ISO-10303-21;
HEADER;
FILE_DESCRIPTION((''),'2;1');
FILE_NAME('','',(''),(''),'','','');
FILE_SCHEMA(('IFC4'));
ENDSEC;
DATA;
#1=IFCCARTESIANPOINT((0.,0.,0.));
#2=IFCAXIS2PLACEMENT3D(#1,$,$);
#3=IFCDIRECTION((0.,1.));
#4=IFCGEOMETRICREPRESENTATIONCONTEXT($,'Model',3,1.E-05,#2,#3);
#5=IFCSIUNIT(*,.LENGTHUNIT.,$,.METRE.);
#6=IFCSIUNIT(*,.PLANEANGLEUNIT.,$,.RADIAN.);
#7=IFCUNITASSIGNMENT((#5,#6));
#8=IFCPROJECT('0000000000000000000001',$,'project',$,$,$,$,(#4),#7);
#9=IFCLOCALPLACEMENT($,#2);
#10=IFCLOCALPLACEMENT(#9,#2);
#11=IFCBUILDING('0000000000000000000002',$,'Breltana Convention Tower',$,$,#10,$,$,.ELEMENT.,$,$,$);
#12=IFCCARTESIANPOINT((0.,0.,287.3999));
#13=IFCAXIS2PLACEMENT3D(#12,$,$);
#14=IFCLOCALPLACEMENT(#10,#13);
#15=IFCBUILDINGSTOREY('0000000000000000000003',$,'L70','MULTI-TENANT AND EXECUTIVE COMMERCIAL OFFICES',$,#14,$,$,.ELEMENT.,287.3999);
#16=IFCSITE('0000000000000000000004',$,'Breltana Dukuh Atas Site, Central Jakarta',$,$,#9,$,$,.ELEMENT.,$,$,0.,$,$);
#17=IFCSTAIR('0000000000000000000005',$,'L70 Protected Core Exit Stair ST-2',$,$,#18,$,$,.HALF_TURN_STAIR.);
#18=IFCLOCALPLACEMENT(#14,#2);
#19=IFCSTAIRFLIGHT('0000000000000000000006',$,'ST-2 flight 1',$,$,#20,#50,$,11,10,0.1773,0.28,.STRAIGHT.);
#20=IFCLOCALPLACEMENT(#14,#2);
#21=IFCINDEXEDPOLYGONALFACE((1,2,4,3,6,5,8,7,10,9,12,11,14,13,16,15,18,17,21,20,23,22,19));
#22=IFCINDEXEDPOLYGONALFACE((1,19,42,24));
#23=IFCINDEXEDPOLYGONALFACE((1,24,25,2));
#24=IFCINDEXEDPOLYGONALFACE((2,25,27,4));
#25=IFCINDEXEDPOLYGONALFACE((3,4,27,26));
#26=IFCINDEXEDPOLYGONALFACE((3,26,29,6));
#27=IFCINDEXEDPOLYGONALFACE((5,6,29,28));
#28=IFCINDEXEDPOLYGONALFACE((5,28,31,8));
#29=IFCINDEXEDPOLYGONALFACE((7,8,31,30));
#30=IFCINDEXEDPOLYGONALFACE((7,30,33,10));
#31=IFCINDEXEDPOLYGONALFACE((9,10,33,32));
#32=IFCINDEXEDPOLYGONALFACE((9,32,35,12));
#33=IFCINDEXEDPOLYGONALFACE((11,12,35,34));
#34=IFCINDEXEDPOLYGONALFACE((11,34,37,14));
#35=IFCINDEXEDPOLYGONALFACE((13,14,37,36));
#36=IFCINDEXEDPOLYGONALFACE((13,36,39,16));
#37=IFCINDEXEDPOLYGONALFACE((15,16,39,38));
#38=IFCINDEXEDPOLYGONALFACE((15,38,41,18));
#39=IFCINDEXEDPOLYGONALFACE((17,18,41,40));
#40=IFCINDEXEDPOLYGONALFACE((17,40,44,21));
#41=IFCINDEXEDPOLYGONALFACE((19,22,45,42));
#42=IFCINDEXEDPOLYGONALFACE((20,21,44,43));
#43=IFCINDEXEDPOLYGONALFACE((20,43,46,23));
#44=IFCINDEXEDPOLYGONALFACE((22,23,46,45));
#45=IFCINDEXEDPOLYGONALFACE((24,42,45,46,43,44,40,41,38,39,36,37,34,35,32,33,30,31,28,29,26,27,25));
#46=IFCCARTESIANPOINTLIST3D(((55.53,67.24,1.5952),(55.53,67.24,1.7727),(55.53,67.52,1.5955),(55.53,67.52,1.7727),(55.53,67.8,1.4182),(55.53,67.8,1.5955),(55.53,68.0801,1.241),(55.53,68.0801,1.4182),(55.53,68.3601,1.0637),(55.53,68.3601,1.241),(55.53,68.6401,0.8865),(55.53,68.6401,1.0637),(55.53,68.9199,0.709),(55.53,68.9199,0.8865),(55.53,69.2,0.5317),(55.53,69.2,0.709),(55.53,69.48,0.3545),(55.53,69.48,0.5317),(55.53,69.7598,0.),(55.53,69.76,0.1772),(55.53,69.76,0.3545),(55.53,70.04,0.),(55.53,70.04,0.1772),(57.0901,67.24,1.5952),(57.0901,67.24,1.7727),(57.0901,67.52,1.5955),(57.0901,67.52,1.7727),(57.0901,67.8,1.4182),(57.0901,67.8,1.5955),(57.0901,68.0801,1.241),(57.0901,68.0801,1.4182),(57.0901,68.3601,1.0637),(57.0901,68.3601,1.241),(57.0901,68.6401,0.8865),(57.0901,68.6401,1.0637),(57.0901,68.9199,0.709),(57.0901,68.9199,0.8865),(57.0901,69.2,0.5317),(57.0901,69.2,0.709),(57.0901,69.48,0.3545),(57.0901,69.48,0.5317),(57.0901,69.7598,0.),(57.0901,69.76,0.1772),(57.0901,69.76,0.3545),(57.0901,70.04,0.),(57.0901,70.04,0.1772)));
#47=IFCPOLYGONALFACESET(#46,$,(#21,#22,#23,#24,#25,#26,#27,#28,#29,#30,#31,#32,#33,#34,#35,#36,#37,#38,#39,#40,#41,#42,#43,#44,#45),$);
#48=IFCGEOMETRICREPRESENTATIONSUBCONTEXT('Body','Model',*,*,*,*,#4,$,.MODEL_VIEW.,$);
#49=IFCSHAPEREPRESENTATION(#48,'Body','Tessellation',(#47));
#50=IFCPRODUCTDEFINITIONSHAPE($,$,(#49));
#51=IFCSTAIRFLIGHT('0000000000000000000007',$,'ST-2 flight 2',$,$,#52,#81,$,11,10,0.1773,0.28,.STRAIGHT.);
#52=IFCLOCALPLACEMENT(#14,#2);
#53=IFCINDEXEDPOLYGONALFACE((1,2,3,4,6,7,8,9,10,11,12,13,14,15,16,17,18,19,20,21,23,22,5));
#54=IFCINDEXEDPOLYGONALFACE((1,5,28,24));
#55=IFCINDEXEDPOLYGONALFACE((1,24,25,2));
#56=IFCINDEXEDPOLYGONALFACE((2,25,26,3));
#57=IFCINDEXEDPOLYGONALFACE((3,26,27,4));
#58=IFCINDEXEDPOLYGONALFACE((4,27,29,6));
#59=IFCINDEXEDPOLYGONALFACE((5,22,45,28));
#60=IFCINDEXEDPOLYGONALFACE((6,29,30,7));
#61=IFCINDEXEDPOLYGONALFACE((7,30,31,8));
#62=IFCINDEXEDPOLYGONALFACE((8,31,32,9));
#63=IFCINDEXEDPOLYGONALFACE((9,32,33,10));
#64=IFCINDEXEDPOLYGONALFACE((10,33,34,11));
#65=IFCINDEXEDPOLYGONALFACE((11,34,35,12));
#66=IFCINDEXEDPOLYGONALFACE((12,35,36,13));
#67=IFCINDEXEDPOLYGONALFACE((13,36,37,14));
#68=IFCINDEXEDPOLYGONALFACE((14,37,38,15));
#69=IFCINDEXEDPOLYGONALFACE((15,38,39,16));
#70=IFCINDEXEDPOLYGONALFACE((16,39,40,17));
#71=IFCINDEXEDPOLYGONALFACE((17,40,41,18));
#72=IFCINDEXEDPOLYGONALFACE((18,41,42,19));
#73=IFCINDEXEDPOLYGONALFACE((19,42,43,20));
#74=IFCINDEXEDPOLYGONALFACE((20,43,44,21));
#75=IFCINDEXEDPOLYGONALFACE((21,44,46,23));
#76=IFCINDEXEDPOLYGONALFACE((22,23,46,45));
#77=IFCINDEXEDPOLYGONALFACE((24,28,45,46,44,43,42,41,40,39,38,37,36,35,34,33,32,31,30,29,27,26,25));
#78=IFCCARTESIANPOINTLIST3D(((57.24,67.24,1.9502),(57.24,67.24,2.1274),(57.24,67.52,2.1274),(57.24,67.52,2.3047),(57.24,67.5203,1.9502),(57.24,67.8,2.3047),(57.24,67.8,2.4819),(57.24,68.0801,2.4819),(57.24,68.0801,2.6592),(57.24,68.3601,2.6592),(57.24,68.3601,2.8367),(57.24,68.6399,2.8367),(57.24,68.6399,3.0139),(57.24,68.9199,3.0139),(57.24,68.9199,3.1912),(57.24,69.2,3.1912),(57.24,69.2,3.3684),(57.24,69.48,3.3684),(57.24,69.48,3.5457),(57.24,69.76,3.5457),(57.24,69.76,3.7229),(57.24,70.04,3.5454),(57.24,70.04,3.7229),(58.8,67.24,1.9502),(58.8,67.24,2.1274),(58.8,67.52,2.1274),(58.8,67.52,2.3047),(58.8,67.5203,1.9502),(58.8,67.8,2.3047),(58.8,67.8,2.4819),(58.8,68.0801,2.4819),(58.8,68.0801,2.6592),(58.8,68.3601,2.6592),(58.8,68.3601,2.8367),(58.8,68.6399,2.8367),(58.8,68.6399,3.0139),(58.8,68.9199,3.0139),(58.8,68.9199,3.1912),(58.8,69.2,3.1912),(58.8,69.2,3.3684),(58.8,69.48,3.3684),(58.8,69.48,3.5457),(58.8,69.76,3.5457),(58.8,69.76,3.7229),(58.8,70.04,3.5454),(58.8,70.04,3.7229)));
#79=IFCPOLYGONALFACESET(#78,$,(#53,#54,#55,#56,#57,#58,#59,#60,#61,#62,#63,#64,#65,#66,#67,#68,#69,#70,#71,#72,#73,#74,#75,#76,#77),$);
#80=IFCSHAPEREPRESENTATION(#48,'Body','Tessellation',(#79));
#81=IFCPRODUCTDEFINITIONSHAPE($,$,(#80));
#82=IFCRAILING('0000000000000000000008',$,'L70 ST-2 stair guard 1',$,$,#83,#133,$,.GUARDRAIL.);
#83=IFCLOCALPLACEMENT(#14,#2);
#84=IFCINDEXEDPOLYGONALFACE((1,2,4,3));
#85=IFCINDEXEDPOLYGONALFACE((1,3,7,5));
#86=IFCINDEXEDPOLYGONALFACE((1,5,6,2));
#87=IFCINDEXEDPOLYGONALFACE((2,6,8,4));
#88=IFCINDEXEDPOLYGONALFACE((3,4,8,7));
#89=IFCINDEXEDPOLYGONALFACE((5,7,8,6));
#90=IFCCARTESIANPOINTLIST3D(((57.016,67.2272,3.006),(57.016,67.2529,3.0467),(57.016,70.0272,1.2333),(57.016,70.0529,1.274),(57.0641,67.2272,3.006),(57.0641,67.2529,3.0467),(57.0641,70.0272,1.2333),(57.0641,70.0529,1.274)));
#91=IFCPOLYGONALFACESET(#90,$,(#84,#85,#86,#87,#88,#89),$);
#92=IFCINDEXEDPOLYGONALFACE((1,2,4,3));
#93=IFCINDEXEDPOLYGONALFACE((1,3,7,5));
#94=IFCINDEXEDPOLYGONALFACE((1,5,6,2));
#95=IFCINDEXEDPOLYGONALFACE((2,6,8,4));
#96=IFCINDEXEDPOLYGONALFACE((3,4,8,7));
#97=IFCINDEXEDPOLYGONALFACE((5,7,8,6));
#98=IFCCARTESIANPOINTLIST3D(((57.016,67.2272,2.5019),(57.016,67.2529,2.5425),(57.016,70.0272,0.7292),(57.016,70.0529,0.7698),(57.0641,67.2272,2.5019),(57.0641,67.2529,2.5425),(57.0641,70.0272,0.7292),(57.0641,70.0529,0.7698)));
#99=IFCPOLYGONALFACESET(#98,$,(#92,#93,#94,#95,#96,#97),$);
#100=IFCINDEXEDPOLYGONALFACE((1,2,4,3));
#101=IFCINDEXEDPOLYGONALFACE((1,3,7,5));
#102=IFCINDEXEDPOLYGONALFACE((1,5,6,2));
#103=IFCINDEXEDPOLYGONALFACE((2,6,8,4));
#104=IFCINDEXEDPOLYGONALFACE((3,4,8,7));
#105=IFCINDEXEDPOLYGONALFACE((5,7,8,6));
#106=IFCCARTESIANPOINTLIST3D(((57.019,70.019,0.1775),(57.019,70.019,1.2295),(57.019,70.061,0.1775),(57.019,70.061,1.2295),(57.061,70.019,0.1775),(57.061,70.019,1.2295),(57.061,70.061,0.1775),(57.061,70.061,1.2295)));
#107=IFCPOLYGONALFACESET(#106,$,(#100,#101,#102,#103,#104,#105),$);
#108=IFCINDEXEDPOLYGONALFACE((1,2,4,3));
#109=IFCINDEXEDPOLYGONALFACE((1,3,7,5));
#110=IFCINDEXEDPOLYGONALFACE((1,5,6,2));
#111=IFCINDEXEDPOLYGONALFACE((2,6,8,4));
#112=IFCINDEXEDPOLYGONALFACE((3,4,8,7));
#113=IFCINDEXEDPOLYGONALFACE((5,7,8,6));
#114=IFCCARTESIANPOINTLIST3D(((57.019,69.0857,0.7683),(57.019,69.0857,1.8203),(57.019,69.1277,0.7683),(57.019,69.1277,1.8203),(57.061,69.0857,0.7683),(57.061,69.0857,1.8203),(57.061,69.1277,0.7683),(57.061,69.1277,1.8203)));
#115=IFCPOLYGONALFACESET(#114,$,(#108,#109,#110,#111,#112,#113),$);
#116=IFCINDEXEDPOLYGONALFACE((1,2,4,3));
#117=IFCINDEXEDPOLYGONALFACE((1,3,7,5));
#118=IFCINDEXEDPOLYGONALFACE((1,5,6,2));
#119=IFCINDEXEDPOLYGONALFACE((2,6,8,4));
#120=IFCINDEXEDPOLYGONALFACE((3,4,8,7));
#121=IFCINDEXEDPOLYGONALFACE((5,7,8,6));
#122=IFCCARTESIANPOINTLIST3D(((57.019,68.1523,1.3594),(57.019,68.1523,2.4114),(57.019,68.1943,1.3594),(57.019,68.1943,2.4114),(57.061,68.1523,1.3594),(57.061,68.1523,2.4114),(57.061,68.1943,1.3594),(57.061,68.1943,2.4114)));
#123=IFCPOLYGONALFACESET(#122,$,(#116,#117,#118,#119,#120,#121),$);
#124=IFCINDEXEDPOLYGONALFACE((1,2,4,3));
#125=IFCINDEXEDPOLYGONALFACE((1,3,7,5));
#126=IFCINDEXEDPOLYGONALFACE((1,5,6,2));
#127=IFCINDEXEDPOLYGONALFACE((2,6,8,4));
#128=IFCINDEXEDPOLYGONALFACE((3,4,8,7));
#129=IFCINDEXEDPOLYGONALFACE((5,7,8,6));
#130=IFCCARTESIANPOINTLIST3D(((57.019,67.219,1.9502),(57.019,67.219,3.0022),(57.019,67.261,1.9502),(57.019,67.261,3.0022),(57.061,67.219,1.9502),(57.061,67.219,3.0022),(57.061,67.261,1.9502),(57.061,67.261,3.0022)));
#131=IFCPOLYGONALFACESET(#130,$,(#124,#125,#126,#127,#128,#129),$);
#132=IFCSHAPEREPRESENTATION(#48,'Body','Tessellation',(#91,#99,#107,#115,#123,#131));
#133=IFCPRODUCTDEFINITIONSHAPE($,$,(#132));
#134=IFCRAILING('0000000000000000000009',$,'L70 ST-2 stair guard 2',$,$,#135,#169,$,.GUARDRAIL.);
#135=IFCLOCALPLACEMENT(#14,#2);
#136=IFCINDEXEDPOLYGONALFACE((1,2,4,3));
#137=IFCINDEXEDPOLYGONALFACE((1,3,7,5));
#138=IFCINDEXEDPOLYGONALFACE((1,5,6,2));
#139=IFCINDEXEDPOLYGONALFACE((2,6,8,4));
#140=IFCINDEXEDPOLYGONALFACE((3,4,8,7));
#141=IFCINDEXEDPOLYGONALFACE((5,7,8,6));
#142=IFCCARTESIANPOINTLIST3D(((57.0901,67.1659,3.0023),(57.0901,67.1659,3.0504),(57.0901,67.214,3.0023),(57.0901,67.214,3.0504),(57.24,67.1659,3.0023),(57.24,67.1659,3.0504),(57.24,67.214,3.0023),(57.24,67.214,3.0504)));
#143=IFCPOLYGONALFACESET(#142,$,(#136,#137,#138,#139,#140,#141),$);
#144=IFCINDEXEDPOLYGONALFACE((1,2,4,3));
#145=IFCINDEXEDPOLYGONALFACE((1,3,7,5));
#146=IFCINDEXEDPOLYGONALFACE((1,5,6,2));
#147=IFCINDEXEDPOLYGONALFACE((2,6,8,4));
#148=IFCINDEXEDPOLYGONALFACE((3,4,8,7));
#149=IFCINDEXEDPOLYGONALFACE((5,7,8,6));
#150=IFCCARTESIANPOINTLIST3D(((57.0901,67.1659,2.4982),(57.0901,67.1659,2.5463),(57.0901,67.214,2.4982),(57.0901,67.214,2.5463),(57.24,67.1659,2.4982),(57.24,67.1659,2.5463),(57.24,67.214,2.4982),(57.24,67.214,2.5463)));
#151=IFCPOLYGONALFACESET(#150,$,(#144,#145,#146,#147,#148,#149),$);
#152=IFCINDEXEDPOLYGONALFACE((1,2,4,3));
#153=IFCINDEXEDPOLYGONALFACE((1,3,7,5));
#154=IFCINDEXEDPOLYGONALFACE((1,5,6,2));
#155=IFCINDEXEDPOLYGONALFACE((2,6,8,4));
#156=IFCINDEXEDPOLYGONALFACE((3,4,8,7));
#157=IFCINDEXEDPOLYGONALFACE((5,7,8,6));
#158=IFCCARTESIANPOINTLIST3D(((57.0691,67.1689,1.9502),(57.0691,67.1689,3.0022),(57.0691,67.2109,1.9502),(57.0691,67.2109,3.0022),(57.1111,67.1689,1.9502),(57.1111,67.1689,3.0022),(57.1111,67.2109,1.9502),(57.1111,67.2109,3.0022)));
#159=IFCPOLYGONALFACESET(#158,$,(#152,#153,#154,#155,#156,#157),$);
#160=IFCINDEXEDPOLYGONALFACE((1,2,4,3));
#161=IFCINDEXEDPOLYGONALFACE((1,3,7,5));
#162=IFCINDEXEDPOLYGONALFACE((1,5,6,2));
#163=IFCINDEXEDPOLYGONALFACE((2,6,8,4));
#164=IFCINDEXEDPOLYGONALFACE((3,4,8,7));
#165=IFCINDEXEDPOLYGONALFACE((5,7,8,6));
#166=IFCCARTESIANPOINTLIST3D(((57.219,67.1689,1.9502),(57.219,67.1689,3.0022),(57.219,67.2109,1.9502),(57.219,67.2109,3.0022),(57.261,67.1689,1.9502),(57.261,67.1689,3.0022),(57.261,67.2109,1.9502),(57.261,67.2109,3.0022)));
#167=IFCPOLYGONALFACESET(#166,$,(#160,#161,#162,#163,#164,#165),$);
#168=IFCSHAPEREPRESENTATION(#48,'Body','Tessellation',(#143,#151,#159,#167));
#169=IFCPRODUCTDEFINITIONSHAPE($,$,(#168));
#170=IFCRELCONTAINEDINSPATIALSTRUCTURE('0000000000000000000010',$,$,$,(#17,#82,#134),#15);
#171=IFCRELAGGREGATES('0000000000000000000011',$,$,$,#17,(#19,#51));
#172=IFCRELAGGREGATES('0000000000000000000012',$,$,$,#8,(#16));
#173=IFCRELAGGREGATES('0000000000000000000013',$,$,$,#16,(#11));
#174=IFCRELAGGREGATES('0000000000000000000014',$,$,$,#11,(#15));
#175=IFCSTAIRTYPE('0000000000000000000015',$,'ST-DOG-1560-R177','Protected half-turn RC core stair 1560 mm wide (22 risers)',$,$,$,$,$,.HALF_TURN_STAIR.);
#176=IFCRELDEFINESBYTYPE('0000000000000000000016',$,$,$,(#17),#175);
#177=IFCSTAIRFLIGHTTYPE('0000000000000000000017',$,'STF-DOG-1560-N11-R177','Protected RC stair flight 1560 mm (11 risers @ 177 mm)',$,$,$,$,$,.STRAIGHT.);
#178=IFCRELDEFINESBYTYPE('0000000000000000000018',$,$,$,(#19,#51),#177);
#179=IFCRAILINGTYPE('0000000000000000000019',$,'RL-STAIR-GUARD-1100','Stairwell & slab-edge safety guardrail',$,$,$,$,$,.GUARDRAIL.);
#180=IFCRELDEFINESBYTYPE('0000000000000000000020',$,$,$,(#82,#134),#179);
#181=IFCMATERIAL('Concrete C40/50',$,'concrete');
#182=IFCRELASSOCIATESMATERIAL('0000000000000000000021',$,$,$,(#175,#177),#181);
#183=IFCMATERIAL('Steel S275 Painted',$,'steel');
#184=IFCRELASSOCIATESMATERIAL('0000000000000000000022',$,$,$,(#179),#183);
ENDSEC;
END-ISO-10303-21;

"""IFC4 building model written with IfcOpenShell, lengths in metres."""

from ifc_helpers import new_model, si_unit, direction, frame, origin, origin_2d, place, context, subcontext, project, spatial, polyline, rectangle, outline, extrude, material, type_object, element, aggregate, save


model = new_model("IFC4")

# Units and contexts
model_context = context("Model", 3, precision=1e-05, world=origin(), true_north=direction((0.0, 1.0)))
body_context = subcontext(model_context, "Body", "Model", "MODEL_VIEW")
ifc_project = project(units=[si_unit("LENGTHUNIT", "METRE"), si_unit("PLANEANGLEUNIT", "RADIAN")], contexts=[model_context])

# Site, building, storey
site_placement = place(None, origin())
site = spatial("IfcSite", under=ifc_project, at=site_placement, Name="Breltana Dukuh Atas Site, Central Jakarta", CompositionType="ELEMENT", RefElevation=0.0)
building_placement = place(site_placement, origin())
building = spatial("IfcBuilding", under=site, at=building_placement, Name="Breltana Convention Tower", CompositionType="ELEMENT")
storey_placement = place(building_placement, frame((0.0, 0.0, 287.3999)))
storey = spatial("IfcBuildingStorey", under=building, at=storey_placement, Name="L70", Description="MULTI-TENANT AND EXECUTIVE COMMERCIAL OFFICES", CompositionType="ELEMENT", Elevation=287.3999)

# Stair, stair flights
ifc_material_1 = material(Name="Concrete C40/50", Category="concrete")
stair_type = type_object("IfcStairType", Name="ST-DOG-1560-R177", Description="Protected half-turn RC core stair 1560 mm wide (22 risers)", PredefinedType="HALF_TURN_STAIR", material=ifc_material_1)
stair_placement = place(storey_placement, origin())
stair = element("IfcStair", 1, at=stair_placement, inside=storey, type_object=stair_type, Name="L70 Protected Core Exit Stair ST-2", PredefinedType="HALF_TURN_STAIR")
stair_flight_type = type_object("IfcStairFlightType", Name="STF-DOG-1560-N11-R177", Description="Protected RC stair flight 1560 mm (11 risers @ 177 mm)", PredefinedType="STRAIGHT", material=ifc_material_1)
stair_flight_1_placement = place(storey_placement, frame((56.3101, 70.04, 0.0), z_axis=(0.0, 0.0, 1.0), x_axis=(0.0, -1.0, 0.0)))
stair_flight_1 = element("IfcStairFlight", 2, at=stair_flight_1_placement, type_object=stair_flight_type, Name="ST-2 flight 1", NumberOfRisers=11, NumberOfTreads=10, PredefinedType="STRAIGHT", RiserHeight=0.1773, TreadLength=0.28, context=body_context, shape_type="SweptSolid", body=[
    extrude(outline(polyline([(0.0, 0.0), (0.0, 0.1772), (0.28, 0.1772), (0.28, 0.3545), (0.5601, 0.3545), (0.5601, 0.5317), (0.8401, 0.5317), (0.8401, 0.709), (1.1201, 0.709), (1.1201, 0.8865), (1.3999, 0.8865), (1.3999, 1.0637), (1.6799, 1.0637), (1.6799, 1.241), (1.96, 1.241), (1.96, 1.4182), (2.24, 1.4182), (2.24, 1.5955), (2.52, 1.5955), (2.52, 1.7727), (2.8, 1.7727), (2.8, 1.95), (2.8, 1.5952), (0.2803, 0.0), (0.0, 0.0)])), frame((0.0, 0.78, 0.0), z_axis=(0.0, -1.0, 0.0), x_axis=(1.0, 0.0, 0.0)), (0.0, 0.0, 1.0), 1.5601),
])
stair_flight_2_placement = place(storey_placement, frame((58.02, 67.24, 1.9502), z_axis=(0.0, 0.0, 1.0), x_axis=(0.0, 1.0, 0.0)))
stair_flight_2 = element("IfcStairFlight", 3, at=stair_flight_2_placement, type_object=stair_flight_type, Name="ST-2 flight 2", NumberOfRisers=11, NumberOfTreads=10, PredefinedType="STRAIGHT", RiserHeight=0.1773, TreadLength=0.28, context=body_context, shape_type="SweptSolid", body=[
    extrude(outline(polyline([(0.0, 0.0), (0.0, 0.1772), (0.28, 0.1772), (0.28, 0.3545), (0.5601, 0.3545), (0.5601, 0.5317), (0.8401, 0.5317), (0.8401, 0.709), (1.1201, 0.709), (1.1201, 0.8865), (1.3999, 0.8865), (1.3999, 1.0637), (1.6799, 1.0637), (1.6799, 1.241), (1.96, 1.241), (1.96, 1.4182), (2.24, 1.4182), (2.24, 1.5955), (2.52, 1.5955), (2.52, 1.7727), (2.8, 1.7727), (2.8, 1.95), (2.8, 1.5952), (0.2803, 0.0), (0.0, 0.0)])), frame((0.0, 0.78, 0.0), z_axis=(0.0, -1.0, 0.0), x_axis=(1.0, 0.0, 0.0)), (0.0, 0.0, 1.0), 1.5601),
])
aggregate(stair, [stair_flight_1, stair_flight_2])

# Railings
ifc_material_2 = material(Name="Steel S275 Painted", Category="steel")
railing_type_1 = type_object("IfcRailingType", Name="RL-STAIR-GUARD-1100", Description="Stairwell & slab-edge safety guardrail", PredefinedType="GUARDRAIL", material=ifc_material_2)
railing_1_placement = place(storey_placement, frame((57.04, 70.04, 0.1775)))
element("IfcRailing", 4, at=railing_1_placement, inside=storey, type_object=railing_type_1, Name="L70 ST-2 stair guard 1", PredefinedType="GUARDRAIL", context=body_context, shape_type="SweptSolid", body=[
    extrude(rectangle(XDim=0.0481, YDim=0.0481, at=origin_2d()), frame((0.0, 0.0, 1.0762), z_axis=(0.0, -0.844909, 0.53491), x_axis=(1.0, 0.0, 0.0)), (0.0, 0.0, 1.0), 3.314),
    extrude(rectangle(XDim=0.0481, YDim=0.0481, at=origin_2d()), frame((0.0, 0.0, 0.572), z_axis=(0.0, -0.844909, 0.53491), x_axis=(1.0, 0.0, 0.0)), (0.0, 0.0, 1.0), 3.314),
    extrude(rectangle(XDim=0.042, YDim=0.042, at=origin_2d()), origin(), (0.0, 0.0, 1.0), 1.052),
    extrude(rectangle(XDim=0.042, YDim=0.042, at=origin_2d()), frame((0.0, -0.9333, 0.5908)), (0.0, 0.0, 1.0), 1.052),
    extrude(rectangle(XDim=0.042, YDim=0.042, at=origin_2d()), frame((0.0, -1.8667, 1.1819)), (0.0, 0.0, 1.0), 1.052),
    extrude(rectangle(XDim=0.042, YDim=0.042, at=origin_2d()), frame((0.0, -2.8, 1.7727)), (0.0, 0.0, 1.0), 1.052),
])
railing_2_placement = place(storey_placement, frame((57.0901, 67.1899, 1.9502)))
element("IfcRailing", 5, at=railing_2_placement, inside=storey, type_object=railing_type_1, Name="L70 ST-2 stair guard 2", PredefinedType="GUARDRAIL", context=body_context, shape_type="SweptSolid", body=[
    extrude(rectangle(XDim=0.0481, YDim=0.0481, at=origin_2d()), frame((0.0, 0.0, 1.0762), z_axis=(1.0, 0.0, 0.0), x_axis=(0.0, 1.0, 0.0)), (0.0, 0.0, 1.0), 0.1499),
    extrude(rectangle(XDim=0.0481, YDim=0.0481, at=origin_2d()), frame((0.0, 0.0, 0.572), z_axis=(1.0, 0.0, 0.0), x_axis=(0.0, 1.0, 0.0)), (0.0, 0.0, 1.0), 0.1499),
    extrude(rectangle(XDim=0.042, YDim=0.042, at=origin_2d()), origin(), (0.0, 0.0, 1.0), 1.052),
    extrude(rectangle(XDim=0.042, YDim=0.042, at=origin_2d()), frame((0.1499, 0.0, 0.0)), (0.0, 0.0, 1.0), 1.052),
])

save(model, "model.ifc")
